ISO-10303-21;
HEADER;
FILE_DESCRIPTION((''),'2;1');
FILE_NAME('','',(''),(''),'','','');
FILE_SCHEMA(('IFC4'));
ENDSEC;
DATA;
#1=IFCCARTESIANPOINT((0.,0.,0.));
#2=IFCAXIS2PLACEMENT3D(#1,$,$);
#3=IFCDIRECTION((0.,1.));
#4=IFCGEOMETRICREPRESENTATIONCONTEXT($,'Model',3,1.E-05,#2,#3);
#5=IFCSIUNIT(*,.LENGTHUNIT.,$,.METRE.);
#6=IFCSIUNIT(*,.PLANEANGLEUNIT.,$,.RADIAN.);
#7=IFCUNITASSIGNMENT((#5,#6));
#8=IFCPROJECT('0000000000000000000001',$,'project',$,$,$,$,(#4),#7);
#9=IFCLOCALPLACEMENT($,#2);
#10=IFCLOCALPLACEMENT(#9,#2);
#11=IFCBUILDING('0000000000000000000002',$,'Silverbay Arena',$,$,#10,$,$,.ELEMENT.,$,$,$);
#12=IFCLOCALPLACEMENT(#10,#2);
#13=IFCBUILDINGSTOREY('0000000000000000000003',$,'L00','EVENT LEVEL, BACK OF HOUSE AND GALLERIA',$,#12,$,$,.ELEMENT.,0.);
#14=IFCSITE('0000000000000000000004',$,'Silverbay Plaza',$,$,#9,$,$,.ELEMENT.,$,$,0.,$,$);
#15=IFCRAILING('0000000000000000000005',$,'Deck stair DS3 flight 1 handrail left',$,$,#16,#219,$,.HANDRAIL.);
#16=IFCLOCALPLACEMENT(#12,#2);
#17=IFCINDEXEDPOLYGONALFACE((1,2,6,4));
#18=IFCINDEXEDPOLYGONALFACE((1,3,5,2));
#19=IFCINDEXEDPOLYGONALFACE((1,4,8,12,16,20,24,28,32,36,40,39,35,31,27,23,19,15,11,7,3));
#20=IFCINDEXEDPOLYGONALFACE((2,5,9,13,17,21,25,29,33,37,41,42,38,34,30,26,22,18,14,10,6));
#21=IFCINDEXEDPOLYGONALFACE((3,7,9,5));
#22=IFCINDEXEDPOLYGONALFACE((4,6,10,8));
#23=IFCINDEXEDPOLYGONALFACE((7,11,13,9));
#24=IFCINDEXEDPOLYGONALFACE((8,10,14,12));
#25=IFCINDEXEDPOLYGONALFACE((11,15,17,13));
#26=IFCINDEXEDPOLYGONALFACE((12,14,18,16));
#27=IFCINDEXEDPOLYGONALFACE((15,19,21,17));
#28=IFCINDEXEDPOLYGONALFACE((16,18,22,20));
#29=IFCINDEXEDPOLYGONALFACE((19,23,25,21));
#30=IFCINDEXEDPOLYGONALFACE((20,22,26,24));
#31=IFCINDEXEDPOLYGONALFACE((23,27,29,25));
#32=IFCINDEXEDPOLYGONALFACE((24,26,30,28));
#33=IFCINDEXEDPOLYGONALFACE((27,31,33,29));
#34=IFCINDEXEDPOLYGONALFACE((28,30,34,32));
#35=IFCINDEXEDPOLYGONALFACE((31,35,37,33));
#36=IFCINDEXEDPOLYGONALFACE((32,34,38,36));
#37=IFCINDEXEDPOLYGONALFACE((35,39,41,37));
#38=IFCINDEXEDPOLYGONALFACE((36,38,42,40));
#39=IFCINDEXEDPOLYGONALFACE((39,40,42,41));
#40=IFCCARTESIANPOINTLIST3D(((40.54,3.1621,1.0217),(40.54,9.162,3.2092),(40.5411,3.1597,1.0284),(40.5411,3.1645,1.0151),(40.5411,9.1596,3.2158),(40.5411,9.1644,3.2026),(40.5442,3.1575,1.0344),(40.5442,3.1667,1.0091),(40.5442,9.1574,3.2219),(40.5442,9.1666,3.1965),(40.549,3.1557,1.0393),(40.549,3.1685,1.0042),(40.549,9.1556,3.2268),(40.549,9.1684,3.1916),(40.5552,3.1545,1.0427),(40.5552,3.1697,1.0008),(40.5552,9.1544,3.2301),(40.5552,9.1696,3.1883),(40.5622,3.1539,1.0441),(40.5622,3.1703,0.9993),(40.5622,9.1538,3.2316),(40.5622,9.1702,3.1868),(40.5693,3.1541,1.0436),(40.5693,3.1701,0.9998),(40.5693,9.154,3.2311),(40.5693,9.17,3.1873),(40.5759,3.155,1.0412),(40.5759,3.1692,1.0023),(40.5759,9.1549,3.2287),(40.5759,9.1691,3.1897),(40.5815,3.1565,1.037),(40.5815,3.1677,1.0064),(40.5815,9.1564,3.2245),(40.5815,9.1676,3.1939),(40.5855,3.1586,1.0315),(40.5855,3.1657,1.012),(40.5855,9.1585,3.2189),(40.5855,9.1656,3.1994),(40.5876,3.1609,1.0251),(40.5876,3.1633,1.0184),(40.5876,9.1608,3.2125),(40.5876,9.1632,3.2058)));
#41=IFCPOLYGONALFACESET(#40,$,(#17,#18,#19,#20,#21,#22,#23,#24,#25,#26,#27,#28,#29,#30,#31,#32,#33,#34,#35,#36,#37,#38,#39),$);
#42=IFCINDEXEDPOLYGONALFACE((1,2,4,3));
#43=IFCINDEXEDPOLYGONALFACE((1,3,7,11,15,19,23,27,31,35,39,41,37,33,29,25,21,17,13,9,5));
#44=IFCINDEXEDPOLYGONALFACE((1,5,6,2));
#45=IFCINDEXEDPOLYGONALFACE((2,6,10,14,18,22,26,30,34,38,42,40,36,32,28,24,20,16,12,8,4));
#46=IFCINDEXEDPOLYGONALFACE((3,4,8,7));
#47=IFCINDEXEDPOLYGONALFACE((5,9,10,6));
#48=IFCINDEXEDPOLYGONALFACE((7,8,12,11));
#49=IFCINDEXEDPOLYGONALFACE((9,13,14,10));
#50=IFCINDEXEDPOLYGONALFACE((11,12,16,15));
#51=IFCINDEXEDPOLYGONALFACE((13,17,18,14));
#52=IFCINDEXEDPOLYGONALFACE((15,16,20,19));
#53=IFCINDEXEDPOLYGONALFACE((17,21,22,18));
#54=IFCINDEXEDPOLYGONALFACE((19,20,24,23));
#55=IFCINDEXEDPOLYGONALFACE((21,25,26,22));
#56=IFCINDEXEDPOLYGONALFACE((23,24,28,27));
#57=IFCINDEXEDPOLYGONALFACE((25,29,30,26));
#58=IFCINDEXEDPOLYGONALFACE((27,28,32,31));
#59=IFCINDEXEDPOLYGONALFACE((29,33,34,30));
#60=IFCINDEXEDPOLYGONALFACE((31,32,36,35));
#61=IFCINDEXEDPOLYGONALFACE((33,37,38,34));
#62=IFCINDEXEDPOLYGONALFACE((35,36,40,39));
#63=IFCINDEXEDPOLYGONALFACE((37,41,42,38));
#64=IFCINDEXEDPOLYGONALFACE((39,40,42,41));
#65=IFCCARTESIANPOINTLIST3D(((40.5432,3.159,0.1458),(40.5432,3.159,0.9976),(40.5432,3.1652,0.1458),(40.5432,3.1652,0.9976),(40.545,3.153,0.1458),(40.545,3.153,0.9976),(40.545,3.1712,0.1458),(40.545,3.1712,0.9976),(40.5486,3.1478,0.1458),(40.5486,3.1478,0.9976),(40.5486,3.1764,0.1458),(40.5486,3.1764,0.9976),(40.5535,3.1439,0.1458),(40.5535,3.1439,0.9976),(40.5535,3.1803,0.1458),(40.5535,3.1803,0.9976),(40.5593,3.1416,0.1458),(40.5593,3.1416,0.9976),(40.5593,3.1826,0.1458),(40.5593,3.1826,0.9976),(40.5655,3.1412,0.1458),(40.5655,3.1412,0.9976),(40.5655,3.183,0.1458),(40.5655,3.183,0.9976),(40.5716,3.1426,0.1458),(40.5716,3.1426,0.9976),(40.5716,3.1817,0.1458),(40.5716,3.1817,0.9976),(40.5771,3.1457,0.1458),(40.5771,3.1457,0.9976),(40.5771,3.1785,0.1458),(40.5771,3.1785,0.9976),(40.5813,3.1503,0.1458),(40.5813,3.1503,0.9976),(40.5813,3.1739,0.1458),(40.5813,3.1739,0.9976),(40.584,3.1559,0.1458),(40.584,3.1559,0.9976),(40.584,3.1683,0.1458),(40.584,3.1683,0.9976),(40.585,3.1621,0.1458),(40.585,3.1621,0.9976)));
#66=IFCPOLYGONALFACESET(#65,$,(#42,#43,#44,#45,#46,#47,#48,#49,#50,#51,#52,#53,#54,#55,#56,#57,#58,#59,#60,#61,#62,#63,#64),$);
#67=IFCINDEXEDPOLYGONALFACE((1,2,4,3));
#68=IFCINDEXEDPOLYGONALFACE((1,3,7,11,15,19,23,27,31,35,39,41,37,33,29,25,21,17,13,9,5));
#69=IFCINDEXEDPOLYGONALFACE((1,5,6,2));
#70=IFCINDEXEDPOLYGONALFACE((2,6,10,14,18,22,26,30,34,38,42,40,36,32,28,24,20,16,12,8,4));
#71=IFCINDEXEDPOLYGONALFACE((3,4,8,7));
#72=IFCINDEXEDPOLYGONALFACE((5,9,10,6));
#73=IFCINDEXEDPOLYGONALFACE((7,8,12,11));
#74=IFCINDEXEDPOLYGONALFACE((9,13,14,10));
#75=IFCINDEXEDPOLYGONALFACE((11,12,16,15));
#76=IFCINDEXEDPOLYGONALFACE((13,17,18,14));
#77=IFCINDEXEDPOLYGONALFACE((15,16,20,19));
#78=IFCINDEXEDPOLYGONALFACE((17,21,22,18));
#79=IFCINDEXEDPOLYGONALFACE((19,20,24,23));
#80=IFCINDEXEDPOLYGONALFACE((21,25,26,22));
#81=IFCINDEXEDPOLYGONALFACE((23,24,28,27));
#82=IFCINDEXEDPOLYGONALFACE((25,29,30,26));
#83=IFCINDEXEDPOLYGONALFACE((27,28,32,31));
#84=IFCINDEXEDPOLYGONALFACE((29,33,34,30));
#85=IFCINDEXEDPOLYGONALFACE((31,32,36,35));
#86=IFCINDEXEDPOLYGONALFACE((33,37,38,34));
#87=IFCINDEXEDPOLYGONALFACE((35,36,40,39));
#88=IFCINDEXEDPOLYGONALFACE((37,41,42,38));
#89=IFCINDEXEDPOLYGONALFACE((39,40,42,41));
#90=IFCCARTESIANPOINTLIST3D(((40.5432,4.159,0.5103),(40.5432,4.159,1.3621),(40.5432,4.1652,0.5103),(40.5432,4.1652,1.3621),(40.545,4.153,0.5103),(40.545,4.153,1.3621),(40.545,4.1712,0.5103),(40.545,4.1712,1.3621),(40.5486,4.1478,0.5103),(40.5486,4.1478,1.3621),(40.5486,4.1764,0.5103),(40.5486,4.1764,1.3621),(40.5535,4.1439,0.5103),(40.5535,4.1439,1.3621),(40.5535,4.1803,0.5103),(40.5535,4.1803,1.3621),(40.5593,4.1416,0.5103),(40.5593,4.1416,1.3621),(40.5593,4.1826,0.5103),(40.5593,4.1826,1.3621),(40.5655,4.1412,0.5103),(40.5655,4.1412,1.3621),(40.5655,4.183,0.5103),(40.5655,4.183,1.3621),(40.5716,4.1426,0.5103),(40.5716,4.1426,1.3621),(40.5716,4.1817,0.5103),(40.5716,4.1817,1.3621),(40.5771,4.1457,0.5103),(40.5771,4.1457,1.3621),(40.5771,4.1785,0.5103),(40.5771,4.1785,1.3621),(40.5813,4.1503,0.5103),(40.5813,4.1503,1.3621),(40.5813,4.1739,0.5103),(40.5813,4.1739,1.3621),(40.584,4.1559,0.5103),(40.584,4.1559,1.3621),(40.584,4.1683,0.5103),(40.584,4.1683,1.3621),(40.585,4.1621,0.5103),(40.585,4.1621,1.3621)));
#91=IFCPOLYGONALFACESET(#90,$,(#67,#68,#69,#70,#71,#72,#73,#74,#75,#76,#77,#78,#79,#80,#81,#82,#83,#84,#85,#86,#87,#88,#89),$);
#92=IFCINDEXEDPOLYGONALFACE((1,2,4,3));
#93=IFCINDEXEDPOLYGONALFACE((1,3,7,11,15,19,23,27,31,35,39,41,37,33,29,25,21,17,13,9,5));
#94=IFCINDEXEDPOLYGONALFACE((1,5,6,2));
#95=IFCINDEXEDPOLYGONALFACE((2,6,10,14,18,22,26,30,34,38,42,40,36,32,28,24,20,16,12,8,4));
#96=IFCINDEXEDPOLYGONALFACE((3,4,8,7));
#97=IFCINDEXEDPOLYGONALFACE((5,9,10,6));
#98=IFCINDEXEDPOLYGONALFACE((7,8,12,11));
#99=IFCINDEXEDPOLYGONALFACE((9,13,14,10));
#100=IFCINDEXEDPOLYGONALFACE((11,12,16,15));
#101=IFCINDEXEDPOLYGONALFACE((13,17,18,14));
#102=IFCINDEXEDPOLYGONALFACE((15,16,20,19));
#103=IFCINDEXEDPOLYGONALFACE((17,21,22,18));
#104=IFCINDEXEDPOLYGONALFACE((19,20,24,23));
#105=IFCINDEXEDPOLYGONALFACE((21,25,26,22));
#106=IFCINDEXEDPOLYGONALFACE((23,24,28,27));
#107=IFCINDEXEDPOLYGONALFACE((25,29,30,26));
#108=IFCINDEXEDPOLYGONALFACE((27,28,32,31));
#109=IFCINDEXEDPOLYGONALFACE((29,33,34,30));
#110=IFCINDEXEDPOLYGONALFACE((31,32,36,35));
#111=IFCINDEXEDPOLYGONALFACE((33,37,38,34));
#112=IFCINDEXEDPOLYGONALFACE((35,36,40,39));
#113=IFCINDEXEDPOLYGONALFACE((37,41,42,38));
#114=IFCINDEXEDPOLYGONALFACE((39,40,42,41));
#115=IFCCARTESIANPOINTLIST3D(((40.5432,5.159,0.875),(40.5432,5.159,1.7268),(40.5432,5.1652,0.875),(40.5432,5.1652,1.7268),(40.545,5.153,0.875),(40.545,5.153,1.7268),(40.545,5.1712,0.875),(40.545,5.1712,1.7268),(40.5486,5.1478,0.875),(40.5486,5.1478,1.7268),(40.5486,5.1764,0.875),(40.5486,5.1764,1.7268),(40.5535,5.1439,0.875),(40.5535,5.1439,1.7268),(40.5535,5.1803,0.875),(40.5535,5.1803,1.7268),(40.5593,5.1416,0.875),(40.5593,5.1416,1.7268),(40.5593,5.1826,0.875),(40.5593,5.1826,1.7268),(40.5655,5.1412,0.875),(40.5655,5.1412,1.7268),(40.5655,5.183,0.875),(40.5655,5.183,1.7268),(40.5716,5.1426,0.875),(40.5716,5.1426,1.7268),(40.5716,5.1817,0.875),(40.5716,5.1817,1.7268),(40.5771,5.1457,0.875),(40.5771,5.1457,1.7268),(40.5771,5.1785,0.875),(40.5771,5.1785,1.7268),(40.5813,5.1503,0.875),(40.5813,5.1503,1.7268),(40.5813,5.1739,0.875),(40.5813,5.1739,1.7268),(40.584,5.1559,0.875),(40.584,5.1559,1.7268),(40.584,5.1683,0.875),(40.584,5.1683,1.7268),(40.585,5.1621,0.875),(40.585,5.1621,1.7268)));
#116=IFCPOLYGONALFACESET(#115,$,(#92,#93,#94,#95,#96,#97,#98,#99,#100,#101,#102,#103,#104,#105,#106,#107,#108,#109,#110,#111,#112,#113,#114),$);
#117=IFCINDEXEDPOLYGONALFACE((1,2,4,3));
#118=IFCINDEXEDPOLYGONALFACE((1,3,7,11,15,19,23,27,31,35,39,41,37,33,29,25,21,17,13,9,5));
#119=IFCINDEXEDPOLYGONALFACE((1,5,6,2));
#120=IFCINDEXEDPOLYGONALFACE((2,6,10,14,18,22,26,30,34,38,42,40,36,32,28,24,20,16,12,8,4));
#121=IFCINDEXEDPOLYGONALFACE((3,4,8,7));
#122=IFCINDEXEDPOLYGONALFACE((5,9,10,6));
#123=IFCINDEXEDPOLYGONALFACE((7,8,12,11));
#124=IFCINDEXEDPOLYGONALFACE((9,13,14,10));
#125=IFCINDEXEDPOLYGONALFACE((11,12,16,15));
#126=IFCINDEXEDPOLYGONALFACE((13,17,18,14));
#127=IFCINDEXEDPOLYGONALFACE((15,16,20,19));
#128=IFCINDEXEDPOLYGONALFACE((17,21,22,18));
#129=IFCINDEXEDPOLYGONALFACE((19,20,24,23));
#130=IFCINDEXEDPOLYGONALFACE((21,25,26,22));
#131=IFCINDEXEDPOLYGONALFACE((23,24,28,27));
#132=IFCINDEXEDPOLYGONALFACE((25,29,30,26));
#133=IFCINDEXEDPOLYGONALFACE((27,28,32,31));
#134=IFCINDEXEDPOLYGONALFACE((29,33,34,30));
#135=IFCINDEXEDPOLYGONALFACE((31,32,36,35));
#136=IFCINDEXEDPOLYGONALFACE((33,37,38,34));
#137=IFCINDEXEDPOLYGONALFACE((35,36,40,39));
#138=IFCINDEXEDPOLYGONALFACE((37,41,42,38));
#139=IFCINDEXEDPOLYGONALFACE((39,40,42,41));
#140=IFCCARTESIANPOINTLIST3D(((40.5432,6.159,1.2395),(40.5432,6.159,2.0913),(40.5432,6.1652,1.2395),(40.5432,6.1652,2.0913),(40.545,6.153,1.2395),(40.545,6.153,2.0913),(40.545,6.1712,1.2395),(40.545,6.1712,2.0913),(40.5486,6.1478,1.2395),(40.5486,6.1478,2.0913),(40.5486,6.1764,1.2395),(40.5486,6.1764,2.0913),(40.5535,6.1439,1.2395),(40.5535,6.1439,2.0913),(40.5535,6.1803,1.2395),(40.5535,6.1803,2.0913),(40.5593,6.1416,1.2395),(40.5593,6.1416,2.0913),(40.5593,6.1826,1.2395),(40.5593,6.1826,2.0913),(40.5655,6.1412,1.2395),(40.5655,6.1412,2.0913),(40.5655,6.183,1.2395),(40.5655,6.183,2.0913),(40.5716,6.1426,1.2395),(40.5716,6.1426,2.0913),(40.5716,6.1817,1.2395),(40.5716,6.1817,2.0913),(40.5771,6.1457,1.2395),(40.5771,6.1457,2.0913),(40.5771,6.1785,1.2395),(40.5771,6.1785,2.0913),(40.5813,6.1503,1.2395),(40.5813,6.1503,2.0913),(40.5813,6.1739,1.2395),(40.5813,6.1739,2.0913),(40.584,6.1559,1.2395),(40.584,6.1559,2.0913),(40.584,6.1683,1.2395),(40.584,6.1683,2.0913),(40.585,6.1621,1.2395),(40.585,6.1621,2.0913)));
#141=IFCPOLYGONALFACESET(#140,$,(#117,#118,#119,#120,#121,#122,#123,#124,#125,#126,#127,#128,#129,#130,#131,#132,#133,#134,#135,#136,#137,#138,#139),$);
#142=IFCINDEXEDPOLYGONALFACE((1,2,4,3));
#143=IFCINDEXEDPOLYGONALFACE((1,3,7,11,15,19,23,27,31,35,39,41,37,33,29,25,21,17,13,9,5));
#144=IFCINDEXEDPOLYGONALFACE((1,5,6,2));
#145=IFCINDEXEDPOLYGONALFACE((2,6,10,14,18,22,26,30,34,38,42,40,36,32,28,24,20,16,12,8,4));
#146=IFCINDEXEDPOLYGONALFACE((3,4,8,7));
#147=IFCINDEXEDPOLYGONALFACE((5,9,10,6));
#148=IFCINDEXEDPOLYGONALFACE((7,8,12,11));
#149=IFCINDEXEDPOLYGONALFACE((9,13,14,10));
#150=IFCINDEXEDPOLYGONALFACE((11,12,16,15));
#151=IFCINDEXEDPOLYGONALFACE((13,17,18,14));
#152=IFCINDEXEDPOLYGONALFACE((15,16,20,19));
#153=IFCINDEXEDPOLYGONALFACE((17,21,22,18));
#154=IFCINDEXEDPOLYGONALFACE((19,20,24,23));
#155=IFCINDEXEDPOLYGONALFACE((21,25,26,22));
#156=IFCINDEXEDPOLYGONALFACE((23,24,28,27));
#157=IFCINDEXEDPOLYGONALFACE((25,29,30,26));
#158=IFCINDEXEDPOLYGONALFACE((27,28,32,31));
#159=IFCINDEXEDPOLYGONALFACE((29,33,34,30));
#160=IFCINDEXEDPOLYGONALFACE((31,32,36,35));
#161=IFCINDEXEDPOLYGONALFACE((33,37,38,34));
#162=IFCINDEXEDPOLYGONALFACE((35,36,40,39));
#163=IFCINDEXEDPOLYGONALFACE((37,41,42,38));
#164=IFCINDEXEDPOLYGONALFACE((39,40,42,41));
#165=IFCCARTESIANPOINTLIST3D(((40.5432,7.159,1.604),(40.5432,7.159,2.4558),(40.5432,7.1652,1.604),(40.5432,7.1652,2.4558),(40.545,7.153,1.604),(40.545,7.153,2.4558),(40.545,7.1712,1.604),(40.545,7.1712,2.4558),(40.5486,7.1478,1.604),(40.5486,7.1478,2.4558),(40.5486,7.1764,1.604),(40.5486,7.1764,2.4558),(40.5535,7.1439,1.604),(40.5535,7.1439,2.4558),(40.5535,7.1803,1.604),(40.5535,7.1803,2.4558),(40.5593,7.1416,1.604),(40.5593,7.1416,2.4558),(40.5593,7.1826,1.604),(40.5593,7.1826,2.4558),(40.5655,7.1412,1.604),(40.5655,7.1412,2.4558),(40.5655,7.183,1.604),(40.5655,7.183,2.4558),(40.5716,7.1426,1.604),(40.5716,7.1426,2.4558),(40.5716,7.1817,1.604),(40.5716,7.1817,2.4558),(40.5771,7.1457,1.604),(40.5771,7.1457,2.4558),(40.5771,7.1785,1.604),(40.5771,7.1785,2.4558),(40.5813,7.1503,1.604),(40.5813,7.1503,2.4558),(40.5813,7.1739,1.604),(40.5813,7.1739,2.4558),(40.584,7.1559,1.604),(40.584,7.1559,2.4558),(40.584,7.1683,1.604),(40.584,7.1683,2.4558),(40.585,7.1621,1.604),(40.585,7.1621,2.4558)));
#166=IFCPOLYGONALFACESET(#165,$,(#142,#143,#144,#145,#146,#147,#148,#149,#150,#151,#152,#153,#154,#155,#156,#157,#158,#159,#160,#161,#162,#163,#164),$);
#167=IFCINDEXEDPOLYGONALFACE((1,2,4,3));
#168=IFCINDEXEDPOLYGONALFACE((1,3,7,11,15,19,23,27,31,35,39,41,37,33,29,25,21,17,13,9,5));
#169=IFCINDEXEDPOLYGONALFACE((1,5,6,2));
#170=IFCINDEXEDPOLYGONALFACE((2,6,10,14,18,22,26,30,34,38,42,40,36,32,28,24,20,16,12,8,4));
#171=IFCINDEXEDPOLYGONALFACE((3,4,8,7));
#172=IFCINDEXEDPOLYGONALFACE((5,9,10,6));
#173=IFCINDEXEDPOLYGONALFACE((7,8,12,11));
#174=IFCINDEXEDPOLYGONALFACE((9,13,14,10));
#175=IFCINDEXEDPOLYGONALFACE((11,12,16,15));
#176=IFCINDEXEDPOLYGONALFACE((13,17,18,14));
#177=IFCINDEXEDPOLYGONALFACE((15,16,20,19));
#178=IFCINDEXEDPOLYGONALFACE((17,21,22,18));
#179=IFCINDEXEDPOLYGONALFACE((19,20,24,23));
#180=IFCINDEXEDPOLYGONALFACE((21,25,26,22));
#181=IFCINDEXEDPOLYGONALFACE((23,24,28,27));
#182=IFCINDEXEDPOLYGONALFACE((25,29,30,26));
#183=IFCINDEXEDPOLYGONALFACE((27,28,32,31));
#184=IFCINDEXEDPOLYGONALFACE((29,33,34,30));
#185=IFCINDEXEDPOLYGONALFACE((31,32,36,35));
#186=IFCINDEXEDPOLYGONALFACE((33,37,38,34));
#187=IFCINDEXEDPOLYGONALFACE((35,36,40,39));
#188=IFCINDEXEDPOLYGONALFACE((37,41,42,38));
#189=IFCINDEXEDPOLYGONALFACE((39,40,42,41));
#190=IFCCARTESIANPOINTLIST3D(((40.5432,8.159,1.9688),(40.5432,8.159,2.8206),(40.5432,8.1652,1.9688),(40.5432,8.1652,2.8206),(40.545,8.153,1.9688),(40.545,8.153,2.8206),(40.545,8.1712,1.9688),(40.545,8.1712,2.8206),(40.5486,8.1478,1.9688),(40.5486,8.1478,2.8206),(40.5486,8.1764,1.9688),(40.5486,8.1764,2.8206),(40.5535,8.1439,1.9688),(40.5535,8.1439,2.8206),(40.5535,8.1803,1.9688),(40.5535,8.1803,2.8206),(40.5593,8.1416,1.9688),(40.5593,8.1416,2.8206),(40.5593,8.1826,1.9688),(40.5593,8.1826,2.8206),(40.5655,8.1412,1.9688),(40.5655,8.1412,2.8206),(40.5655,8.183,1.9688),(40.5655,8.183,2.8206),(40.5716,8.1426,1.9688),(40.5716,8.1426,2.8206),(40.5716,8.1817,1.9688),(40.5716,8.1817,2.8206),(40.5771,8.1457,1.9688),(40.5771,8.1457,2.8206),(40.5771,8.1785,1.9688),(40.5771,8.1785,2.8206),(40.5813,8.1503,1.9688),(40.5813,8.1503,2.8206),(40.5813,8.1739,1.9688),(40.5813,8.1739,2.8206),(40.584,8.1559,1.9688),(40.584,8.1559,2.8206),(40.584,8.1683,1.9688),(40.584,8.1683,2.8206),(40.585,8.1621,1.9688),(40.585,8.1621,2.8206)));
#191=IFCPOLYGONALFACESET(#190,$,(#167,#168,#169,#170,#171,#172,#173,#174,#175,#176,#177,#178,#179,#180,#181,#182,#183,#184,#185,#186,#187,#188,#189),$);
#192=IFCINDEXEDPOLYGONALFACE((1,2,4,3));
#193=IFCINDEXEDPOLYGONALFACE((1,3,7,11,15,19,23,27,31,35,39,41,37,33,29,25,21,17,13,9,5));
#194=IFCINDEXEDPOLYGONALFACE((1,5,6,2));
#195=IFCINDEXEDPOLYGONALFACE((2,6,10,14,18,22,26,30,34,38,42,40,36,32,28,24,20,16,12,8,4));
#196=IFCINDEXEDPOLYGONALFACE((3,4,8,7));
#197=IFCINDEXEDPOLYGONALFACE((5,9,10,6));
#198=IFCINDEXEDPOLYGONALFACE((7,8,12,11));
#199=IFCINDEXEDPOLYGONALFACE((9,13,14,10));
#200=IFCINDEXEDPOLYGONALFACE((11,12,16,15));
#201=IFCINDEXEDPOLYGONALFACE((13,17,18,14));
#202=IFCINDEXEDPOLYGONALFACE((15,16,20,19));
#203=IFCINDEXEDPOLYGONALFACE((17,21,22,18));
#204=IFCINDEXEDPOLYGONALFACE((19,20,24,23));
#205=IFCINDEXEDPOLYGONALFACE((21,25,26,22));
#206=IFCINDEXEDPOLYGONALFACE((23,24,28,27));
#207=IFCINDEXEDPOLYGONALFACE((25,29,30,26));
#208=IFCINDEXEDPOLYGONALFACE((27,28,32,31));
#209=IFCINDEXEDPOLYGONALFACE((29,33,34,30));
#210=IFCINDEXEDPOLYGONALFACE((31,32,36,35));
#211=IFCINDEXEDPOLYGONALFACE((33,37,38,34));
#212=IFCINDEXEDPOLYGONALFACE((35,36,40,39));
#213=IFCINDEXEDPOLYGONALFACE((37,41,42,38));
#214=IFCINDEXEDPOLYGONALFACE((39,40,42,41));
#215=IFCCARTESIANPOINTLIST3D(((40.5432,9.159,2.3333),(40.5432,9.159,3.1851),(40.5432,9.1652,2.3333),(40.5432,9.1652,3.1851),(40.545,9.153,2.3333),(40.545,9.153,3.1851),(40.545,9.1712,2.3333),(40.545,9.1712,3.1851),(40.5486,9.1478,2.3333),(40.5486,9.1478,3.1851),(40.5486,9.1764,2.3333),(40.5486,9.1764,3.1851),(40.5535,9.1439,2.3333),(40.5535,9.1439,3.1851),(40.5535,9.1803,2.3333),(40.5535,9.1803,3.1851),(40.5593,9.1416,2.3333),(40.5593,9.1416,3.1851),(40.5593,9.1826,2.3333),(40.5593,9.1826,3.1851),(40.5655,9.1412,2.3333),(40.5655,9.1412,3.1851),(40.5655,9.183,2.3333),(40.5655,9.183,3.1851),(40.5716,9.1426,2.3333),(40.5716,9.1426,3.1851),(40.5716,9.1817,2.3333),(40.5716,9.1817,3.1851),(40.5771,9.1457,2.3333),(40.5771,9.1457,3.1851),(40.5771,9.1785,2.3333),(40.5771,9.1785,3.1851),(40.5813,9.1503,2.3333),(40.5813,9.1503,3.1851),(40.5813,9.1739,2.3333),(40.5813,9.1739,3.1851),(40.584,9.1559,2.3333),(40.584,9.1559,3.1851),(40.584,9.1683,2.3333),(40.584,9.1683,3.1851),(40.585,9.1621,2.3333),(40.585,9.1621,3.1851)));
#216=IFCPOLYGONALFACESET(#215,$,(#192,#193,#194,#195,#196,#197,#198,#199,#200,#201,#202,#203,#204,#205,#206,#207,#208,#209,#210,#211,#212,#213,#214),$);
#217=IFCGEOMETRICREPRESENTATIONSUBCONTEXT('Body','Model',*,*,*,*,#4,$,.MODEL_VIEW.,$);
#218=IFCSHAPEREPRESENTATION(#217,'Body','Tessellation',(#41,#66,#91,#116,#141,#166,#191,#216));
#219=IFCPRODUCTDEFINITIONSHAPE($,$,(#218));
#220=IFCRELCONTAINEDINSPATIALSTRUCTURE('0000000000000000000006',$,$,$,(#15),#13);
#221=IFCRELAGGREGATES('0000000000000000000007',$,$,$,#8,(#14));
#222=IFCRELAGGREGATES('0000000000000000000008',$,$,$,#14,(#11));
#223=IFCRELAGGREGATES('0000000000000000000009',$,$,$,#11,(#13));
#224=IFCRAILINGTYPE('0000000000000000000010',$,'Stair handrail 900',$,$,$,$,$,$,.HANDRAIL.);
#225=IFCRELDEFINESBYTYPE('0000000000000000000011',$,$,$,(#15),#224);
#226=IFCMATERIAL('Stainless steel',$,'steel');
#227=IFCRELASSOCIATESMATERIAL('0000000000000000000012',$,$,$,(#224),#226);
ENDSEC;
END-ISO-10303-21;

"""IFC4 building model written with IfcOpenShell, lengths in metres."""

from ifc_helpers import new_model, si_unit, direction, frame, origin, origin_2d, place, context, subcontext, project, spatial, circle, extrude, material, type_object, element, save


model = new_model("IFC4")

# Units and contexts
model_context = context("Model", 3, precision=1e-05, world=origin(), true_north=direction((0.0, 1.0)))
body_context = subcontext(model_context, "Body", "Model", "MODEL_VIEW")
ifc_project = project(units=[si_unit("LENGTHUNIT", "METRE"), si_unit("PLANEANGLEUNIT", "RADIAN")], contexts=[model_context])

# Site, building, storey
site_placement = place(None, origin())
site = spatial("IfcSite", under=ifc_project, at=site_placement, Name="Silverbay Plaza", CompositionType="ELEMENT", RefElevation=0.0)
building_placement = place(site_placement, origin())
building = spatial("IfcBuilding", under=site, at=building_placement, Name="Silverbay Arena", CompositionType="ELEMENT")
storey_placement = place(building_placement, origin())
storey = spatial("IfcBuildingStorey", under=building, at=storey_placement, Name="L00", Description="EVENT LEVEL, BACK OF HOUSE AND GALLERIA", CompositionType="ELEMENT", Elevation=0.0)

# Railing
ifc_material_1 = material(Name="Stainless steel", Category="steel")
railing_type_1 = type_object("IfcRailingType", Name="Stair handrail 900", PredefinedType="HANDRAIL", material=ifc_material_1)
for number, where, name in (
    (1, (40.564, 3.1621, 0.1458), "Deck stair DS3 flight 1 handrail left"),
):
    element("IfcRailing", number, at=place(storey_placement, frame(where)), inside=storey, type_object=railing_type_1, Name=name, PredefinedType="HANDRAIL", context=body_context, shape_type="SweptSolid", body=[
        extrude(circle(Radius=0.0239, at=origin_2d()), frame((0.0, 0.0, 0.876), z_axis=(0.0, 0.939507, 0.342529), x_axis=(-1.0, 0.0, 0.0)), (0.0, 0.0, 1.0), 6.3862),
        extrude(circle(Radius=0.021, at=origin_2d()), origin(), (0.0, 0.0, 1.0), 0.8518),
        extrude(circle(Radius=0.021, at=origin_2d()), frame((0.0, 1.0, 0.3645)), (0.0, 0.0, 1.0), 0.8518),
        extrude(circle(Radius=0.021, at=origin_2d()), frame((0.0, 2.0, 0.7292)), (0.0, 0.0, 1.0), 0.8518),
        extrude(circle(Radius=0.021, at=origin_2d()), frame((0.0, 3.0, 1.0938)), (0.0, 0.0, 1.0), 0.8518),
        extrude(circle(Radius=0.021, at=origin_2d()), frame((0.0, 4.0, 1.4583)), (0.0, 0.0, 1.0), 0.8518),
        extrude(circle(Radius=0.021, at=origin_2d()), frame((0.0, 5.0, 1.823)), (0.0, 0.0, 1.0), 0.8518),
        extrude(circle(Radius=0.021, at=origin_2d()), frame((0.0, 6.0, 2.1875)), (0.0, 0.0, 1.0), 0.8518),
    ])

save(model, "model.ifc")
